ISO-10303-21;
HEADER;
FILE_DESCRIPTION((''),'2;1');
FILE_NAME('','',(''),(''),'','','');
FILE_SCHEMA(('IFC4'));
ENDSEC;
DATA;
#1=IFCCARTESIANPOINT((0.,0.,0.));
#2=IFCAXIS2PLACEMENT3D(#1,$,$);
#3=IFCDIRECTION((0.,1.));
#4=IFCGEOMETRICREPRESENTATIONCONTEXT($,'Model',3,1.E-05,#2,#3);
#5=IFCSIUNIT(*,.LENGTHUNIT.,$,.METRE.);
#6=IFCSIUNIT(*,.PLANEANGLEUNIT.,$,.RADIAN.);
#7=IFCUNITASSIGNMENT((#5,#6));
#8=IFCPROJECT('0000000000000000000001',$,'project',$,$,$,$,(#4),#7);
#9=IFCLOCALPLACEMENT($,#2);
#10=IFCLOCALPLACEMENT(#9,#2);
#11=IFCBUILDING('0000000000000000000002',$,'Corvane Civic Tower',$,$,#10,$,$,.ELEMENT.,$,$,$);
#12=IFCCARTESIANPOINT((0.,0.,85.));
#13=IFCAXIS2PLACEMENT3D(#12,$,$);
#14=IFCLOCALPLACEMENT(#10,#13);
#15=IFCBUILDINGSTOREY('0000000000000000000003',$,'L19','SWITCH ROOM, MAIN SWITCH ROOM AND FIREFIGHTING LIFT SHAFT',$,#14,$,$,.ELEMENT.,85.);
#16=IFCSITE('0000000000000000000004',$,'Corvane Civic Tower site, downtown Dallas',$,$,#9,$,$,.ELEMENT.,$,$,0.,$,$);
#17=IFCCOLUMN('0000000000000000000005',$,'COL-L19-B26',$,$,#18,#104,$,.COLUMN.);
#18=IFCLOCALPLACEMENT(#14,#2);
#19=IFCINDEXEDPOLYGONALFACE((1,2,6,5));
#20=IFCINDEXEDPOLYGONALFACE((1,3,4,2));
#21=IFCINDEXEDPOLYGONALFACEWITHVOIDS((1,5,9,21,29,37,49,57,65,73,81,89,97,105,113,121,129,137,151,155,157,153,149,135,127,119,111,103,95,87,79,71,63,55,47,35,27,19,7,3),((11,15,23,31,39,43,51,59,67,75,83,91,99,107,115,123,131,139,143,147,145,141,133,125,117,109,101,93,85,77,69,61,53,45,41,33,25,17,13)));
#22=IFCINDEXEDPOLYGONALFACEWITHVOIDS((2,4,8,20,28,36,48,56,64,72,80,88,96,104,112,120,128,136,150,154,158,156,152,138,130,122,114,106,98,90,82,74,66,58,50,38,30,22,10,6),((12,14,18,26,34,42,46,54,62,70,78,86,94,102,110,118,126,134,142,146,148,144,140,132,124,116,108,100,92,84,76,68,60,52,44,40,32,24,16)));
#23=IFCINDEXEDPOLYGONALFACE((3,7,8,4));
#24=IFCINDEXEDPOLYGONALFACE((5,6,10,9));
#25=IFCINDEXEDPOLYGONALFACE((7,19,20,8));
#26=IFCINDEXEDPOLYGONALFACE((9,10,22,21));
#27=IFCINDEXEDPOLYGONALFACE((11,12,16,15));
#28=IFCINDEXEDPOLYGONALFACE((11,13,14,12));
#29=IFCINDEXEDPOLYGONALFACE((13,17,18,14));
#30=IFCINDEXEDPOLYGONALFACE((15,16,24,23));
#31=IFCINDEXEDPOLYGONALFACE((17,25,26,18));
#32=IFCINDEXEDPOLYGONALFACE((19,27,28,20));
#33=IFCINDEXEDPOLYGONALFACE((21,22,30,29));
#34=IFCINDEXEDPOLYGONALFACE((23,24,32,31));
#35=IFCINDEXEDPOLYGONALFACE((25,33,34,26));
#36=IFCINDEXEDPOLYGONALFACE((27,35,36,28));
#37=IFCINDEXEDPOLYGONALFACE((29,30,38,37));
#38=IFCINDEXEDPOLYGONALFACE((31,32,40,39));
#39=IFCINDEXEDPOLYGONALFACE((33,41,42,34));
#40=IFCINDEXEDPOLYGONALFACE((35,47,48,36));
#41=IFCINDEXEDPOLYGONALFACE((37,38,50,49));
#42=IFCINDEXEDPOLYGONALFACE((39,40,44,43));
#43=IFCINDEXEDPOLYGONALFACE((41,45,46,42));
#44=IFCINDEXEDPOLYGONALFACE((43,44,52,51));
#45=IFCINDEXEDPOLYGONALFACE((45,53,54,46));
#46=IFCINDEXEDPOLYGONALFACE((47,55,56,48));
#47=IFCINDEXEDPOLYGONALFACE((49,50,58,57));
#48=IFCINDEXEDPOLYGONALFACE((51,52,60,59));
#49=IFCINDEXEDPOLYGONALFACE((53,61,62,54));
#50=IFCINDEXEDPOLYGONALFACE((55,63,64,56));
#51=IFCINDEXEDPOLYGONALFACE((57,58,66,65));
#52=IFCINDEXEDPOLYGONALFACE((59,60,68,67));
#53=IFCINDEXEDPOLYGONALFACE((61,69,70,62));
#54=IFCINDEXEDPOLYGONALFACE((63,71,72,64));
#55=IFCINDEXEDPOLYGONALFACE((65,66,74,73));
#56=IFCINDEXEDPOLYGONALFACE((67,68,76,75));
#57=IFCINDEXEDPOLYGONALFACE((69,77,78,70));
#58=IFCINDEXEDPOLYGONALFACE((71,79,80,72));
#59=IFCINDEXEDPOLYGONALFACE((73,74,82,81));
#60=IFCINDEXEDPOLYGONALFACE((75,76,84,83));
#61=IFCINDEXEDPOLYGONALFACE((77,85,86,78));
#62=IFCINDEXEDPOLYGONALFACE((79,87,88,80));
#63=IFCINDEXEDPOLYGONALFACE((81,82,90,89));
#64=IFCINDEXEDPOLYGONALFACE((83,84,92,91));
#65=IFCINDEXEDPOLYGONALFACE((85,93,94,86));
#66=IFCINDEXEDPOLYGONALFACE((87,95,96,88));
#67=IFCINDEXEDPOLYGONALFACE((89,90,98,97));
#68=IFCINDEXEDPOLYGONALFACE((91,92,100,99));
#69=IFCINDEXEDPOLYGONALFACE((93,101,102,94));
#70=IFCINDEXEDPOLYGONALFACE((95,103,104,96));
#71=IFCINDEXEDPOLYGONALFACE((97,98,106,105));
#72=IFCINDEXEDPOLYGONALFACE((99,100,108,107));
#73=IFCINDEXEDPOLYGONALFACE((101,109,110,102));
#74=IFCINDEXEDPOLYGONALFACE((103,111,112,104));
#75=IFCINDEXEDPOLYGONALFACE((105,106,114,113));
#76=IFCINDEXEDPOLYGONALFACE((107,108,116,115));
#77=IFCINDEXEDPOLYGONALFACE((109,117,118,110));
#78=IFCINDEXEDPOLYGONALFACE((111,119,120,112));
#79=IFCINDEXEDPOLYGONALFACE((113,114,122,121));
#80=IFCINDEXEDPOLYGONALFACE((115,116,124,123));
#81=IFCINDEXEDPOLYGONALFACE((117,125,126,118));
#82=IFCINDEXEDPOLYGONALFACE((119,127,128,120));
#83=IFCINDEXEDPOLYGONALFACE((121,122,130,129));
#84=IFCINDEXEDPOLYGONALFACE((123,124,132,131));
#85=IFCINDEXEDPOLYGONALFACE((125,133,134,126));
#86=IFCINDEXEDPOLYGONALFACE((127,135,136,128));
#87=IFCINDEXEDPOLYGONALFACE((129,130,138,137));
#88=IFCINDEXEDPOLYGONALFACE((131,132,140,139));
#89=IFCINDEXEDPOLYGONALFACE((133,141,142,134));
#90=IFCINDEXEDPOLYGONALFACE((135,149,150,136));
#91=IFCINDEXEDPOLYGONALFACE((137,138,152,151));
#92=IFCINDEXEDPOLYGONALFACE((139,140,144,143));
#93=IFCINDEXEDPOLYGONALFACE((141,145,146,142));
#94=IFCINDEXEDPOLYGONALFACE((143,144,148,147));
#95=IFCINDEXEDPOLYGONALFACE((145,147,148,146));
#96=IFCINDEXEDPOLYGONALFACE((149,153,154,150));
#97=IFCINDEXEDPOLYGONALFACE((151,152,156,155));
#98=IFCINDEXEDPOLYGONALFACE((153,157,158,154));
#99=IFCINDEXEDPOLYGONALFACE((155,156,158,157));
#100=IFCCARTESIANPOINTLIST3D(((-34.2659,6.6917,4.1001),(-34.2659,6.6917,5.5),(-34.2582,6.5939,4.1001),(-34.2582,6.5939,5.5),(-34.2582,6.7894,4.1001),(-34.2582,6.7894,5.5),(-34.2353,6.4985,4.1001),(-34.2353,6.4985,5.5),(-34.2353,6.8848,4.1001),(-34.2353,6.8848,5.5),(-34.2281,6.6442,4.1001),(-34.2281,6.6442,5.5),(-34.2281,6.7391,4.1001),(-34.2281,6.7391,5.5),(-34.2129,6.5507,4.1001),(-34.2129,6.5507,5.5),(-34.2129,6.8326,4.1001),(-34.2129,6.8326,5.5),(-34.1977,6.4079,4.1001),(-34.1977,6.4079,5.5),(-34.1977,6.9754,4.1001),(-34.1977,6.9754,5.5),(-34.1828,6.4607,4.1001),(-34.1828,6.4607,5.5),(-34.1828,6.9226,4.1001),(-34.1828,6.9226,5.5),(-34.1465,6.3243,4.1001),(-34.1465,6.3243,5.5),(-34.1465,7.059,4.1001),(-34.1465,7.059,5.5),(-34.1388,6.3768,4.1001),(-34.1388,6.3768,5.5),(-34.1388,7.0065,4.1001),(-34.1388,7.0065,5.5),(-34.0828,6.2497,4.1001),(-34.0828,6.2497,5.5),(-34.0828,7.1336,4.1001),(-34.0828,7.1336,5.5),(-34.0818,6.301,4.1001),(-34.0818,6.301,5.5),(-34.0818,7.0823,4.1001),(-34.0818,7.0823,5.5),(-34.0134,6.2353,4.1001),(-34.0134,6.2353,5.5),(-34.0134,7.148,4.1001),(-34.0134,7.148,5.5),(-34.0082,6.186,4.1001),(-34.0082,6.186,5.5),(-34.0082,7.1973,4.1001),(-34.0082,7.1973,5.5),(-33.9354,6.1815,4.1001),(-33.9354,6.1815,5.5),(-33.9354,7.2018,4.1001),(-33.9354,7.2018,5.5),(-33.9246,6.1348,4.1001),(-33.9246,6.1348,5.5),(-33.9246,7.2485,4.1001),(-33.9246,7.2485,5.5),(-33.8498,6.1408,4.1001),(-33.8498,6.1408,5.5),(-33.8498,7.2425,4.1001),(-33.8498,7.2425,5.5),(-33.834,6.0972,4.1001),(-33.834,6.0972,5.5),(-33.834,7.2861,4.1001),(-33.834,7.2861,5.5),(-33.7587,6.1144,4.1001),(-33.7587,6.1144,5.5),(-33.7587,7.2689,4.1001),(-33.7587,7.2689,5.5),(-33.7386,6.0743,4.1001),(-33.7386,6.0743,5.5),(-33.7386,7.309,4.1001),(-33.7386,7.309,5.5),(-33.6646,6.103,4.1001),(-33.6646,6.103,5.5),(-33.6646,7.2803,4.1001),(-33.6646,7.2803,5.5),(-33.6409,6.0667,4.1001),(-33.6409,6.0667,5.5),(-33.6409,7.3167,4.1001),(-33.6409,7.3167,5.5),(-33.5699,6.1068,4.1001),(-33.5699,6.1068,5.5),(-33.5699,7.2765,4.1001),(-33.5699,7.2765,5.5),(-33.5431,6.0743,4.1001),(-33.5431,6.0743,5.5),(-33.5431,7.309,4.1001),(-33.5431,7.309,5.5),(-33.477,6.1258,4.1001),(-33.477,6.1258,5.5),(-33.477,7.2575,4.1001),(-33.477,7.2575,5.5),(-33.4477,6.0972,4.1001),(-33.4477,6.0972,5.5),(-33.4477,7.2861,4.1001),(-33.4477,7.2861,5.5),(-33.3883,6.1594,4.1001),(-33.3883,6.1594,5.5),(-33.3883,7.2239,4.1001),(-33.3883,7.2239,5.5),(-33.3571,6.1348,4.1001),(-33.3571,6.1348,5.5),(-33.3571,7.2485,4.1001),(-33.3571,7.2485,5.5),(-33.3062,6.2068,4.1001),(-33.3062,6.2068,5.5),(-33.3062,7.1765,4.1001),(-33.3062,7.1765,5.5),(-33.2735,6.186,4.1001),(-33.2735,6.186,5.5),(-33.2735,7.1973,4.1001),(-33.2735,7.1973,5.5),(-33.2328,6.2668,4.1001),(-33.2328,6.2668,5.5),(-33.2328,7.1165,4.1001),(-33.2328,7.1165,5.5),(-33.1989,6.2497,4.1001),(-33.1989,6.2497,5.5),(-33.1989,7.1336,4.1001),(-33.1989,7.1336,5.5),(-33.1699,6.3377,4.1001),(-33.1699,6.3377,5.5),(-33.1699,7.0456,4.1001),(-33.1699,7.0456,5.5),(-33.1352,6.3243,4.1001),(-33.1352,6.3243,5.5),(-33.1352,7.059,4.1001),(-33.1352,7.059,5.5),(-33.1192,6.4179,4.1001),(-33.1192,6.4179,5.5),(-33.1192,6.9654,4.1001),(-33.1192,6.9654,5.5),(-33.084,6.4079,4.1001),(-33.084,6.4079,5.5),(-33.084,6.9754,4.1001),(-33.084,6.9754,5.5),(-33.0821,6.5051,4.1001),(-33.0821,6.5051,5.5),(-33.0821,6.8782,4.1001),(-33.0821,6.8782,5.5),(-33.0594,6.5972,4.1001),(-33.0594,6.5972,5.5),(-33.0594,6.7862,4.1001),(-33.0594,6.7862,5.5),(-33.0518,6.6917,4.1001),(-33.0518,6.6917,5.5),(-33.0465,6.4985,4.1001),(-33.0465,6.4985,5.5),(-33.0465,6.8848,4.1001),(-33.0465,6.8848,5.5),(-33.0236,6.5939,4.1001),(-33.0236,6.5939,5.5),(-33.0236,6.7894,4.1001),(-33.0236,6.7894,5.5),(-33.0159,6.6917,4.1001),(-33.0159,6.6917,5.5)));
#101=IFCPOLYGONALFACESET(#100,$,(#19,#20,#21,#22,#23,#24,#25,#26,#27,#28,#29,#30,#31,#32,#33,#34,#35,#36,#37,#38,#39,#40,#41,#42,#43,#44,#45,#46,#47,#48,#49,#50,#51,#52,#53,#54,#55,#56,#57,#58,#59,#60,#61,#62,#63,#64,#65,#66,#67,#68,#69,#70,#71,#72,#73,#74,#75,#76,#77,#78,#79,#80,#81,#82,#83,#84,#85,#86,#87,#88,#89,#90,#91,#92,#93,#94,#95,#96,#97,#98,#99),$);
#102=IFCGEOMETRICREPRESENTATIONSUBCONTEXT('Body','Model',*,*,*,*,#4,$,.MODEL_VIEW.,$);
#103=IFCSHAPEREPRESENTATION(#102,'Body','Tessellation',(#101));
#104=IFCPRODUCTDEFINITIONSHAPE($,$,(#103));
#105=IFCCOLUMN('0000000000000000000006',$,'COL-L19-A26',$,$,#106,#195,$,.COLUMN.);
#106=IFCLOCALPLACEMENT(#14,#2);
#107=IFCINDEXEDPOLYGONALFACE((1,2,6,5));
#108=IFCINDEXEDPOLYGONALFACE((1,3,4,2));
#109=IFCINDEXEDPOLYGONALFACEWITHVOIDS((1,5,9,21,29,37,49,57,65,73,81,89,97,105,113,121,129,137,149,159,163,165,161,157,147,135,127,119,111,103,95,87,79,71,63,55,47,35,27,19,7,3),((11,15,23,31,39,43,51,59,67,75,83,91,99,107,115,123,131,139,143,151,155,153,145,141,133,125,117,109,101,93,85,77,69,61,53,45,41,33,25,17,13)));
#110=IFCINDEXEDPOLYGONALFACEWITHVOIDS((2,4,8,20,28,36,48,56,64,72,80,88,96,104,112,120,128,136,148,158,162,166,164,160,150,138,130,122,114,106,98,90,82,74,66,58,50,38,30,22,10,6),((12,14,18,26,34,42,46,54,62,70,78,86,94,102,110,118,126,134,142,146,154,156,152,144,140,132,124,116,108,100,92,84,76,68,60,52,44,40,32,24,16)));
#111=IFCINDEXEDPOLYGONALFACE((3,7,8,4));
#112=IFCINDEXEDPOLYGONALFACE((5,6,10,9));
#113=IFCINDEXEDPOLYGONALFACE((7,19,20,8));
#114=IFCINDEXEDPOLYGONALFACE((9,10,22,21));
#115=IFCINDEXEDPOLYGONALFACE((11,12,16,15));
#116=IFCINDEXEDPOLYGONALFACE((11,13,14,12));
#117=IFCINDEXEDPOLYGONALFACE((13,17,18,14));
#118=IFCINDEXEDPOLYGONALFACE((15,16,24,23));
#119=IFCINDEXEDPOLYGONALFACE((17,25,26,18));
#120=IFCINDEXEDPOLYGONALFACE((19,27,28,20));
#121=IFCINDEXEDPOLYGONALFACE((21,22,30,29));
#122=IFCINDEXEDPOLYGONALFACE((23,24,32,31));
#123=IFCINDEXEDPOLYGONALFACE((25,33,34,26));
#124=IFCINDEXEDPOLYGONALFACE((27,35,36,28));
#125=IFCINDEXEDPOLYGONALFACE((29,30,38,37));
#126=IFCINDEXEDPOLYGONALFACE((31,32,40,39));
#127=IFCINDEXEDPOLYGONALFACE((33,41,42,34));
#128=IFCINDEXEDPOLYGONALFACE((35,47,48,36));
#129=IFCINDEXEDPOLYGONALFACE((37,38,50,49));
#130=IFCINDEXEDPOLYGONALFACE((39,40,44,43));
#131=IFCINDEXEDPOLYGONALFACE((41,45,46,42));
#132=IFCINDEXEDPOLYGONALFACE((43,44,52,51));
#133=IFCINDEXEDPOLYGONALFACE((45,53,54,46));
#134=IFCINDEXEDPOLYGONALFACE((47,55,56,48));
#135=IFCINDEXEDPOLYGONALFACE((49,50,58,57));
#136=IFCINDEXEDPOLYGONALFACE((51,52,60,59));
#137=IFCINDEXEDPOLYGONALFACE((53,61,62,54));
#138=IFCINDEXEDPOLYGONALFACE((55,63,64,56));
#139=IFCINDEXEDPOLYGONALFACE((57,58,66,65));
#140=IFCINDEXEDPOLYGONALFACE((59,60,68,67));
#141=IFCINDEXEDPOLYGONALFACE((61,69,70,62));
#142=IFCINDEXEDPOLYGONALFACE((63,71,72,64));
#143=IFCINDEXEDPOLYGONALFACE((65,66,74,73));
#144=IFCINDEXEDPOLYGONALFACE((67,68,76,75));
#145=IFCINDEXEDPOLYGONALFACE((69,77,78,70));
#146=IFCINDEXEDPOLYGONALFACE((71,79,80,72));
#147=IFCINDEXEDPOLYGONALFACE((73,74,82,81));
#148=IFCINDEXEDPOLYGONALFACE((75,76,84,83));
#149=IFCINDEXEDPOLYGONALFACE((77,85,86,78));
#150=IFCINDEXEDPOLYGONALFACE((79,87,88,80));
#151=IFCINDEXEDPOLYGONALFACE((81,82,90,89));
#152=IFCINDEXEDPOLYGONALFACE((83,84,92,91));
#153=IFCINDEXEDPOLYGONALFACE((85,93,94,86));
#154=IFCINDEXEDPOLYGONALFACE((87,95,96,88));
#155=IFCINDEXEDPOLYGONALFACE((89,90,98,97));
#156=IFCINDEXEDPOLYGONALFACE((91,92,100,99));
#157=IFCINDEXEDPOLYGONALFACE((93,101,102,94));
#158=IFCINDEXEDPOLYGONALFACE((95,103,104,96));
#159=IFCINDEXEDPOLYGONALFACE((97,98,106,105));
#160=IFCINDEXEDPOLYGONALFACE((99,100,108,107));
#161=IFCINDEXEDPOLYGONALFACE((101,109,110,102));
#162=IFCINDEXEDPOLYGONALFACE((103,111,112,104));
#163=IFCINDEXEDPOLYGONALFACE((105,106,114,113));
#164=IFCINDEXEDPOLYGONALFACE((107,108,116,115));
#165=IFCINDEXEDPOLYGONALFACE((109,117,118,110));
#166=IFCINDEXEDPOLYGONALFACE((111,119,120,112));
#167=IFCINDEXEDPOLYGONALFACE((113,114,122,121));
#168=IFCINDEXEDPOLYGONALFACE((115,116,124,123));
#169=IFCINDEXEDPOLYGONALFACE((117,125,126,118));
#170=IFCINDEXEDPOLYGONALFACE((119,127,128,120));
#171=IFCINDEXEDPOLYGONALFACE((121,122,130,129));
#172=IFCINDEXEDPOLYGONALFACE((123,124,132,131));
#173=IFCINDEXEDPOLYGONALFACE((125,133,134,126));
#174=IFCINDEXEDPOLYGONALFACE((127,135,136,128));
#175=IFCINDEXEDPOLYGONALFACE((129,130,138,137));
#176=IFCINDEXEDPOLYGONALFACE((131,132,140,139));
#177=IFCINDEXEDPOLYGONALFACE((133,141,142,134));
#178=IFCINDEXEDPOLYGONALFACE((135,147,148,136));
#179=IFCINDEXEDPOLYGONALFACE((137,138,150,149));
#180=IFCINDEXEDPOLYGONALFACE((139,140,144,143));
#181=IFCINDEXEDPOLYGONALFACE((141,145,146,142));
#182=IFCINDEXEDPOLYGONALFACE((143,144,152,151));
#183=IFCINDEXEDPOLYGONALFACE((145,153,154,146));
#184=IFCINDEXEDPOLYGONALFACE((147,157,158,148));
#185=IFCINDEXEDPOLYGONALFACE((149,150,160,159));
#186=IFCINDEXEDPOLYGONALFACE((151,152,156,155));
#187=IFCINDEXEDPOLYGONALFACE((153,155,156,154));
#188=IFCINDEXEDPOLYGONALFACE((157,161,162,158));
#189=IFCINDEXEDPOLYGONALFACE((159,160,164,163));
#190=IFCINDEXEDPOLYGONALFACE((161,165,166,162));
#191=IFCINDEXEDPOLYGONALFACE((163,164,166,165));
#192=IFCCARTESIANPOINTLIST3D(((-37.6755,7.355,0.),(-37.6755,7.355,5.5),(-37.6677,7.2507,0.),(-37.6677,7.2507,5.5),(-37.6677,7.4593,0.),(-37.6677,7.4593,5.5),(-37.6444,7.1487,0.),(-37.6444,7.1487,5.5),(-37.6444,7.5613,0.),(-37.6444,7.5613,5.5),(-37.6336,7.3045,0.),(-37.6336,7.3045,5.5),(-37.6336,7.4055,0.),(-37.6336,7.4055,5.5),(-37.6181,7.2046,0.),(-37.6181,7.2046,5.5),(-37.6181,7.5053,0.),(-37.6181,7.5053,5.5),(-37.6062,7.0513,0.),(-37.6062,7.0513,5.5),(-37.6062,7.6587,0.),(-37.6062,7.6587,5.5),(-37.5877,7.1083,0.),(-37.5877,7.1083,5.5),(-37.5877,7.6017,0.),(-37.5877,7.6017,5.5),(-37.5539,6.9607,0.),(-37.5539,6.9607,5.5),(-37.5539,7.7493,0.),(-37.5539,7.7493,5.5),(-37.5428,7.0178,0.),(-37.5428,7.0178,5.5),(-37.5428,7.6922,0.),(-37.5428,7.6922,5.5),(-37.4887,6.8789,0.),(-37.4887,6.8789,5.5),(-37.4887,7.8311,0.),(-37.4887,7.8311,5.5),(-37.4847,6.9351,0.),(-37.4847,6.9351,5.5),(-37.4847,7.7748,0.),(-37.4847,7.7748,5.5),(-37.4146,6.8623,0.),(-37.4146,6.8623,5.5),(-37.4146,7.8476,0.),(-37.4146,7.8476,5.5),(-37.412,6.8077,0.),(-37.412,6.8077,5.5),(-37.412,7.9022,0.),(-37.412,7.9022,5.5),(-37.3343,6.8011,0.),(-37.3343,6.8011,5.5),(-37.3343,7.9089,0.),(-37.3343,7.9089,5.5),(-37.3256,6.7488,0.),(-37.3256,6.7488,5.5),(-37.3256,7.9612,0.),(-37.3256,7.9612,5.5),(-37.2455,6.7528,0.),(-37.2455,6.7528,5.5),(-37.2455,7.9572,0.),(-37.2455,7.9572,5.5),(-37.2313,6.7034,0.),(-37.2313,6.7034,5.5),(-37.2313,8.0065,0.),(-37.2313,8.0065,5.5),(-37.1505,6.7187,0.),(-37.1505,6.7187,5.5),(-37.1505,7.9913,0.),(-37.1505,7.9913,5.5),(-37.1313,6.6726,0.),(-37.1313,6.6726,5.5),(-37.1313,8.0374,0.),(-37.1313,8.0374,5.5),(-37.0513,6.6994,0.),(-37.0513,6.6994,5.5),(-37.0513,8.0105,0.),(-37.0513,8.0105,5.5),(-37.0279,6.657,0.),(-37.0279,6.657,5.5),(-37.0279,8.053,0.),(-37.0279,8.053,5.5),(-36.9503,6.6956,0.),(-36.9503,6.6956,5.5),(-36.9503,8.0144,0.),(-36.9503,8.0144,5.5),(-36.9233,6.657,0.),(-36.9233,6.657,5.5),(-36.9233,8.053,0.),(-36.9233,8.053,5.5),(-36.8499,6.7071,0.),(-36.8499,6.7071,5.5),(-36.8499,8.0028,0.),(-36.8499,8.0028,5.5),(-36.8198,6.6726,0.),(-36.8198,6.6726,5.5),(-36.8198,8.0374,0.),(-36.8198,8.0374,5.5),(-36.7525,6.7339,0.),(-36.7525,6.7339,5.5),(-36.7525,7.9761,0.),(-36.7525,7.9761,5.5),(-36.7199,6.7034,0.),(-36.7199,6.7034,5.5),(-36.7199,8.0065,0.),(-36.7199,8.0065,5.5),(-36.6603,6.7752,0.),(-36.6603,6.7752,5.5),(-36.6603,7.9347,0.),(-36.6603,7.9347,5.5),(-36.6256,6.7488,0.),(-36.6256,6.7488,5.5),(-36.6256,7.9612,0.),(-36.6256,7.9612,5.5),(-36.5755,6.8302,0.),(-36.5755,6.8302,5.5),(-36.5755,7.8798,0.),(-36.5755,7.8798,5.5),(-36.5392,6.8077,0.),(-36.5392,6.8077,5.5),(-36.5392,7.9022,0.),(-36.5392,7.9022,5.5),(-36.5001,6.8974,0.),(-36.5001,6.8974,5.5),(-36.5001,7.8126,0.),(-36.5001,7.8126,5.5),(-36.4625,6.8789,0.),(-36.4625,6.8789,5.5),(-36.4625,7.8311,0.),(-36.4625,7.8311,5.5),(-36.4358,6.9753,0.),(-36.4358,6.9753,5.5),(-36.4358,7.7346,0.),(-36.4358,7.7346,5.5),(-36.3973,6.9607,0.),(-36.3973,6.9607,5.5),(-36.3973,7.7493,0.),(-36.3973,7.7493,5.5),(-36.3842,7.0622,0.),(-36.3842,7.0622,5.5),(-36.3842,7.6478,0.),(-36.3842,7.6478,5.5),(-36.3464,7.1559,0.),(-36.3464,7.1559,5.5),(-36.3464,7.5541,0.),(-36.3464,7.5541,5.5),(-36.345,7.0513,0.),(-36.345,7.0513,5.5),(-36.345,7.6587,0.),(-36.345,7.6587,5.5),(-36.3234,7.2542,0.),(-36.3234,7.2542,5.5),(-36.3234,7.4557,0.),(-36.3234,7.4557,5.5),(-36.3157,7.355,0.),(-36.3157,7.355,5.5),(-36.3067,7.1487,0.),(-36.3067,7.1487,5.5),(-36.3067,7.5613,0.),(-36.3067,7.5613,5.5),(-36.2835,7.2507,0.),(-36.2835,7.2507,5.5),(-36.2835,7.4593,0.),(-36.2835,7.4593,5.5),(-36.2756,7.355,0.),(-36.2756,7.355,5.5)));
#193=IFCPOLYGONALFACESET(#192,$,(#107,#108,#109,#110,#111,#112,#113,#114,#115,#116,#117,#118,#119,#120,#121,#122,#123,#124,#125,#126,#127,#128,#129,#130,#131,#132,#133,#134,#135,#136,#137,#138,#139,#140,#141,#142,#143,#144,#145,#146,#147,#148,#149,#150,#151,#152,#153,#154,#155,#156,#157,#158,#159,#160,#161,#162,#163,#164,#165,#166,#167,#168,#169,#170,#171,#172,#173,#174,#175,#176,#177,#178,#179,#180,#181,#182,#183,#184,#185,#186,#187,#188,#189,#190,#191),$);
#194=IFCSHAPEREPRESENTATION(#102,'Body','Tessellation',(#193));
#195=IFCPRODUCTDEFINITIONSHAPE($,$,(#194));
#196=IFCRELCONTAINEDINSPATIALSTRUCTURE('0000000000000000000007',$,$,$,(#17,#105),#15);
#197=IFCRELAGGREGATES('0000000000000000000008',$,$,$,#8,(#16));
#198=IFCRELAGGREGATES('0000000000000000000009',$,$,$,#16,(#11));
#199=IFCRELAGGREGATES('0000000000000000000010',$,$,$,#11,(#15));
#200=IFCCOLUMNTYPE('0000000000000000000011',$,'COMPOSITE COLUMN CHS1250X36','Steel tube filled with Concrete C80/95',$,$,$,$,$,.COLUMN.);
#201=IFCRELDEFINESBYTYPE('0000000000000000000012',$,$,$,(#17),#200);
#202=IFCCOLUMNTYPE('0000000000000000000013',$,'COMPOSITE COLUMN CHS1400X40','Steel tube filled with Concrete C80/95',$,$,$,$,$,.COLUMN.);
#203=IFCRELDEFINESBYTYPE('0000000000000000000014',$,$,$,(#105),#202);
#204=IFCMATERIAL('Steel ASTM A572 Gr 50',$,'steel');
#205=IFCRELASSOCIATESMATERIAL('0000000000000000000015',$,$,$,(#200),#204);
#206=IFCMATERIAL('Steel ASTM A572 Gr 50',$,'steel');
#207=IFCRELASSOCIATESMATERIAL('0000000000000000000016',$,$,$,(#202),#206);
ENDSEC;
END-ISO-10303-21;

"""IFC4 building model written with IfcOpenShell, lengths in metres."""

from ifc_helpers import new_model, si_unit, direction, frame, origin, origin_2d, place, context, subcontext, project, spatial, hollow_circle, extrude, material, material_profile, profile_set, type_object, element, save


model = new_model("IFC4")

# Units and contexts
model_context = context("Model", 3, precision=1e-05, world=origin(), true_north=direction((0.0, 1.0)))
body_context = subcontext(model_context, "Body", "Model", "MODEL_VIEW")
ifc_project = project(units=[si_unit("LENGTHUNIT", "METRE"), si_unit("PLANEANGLEUNIT", "RADIAN")], contexts=[model_context])

# Site, building, storey
site_placement = place(None, origin())
site = spatial("IfcSite", under=ifc_project, at=site_placement, Name="Corvane Civic Tower site, downtown Dallas", CompositionType="ELEMENT", RefElevation=0.0)
building_placement = place(site_placement, origin())
building = spatial("IfcBuilding", under=site, at=building_placement, Name="Corvane Civic Tower", CompositionType="ELEMENT")
storey_placement = place(building_placement, frame((0.0, 0.0, 85.0)))
storey = spatial("IfcBuildingStorey", under=building, at=storey_placement, Name="L19", Description="SWITCH ROOM, MAIN SWITCH ROOM AND FIREFIGHTING LIFT SHAFT", CompositionType="ELEMENT", Elevation=85.0)

# Columns
ifc_material_1 = material(Name="Steel ASTM A572 Gr 50", Category="steel")
ifc_material_profile_1 = material_profile(ifc_material_1, hollow_circle(Radius=0.625, WallThickness=0.0359, at=origin_2d()), Name="CHS1250X36")
ifc_profile_set_1 = profile_set([ifc_material_profile_1], Name="Steel ASTM A572 Gr 50")
column_type_1 = type_object("IfcColumnType", Name="COMPOSITE COLUMN CHS1250X36", Description="Steel tube filled with Concrete C80/95", PredefinedType="COLUMN", material=ifc_profile_set_1)
column_1_placement = place(storey_placement, frame((-33.6409, 6.6917, 4.1001), z_axis=(0.0, 0.0, 1.0), x_axis=(1.0, 0.0, 0.0)))
element("IfcColumn", 1, at=column_1_placement, inside=storey, type_object=column_type_1, Name="COL-L19-B26", PredefinedType="COLUMN", context=body_context, shape_type="SweptSolid", body=[
    extrude(hollow_circle(Radius=0.625, WallThickness=0.0359, at=origin_2d()), origin(), (0.0, 0.0, 1.0), 1.3999),
])
ifc_material_2 = material(Name="Steel ASTM A572 Gr 50", Category="steel")
ifc_material_profile_2 = material_profile(ifc_material_2, hollow_circle(Radius=0.7, WallThickness=0.04, at=origin_2d()), Name="CHS1400X40")
ifc_profile_set_2 = profile_set([ifc_material_profile_2], Name="Steel ASTM A572 Gr 50")
column_type_2 = type_object("IfcColumnType", Name="COMPOSITE COLUMN CHS1400X40", Description="Steel tube filled with Concrete C80/95", PredefinedType="COLUMN", material=ifc_profile_set_2)
column_2_placement = place(storey_placement, frame((-36.9756, 7.355, 0.0), z_axis=(0.0, 0.0, 1.0), x_axis=(1.0, 0.0, 0.0)))
element("IfcColumn", 2, at=column_2_placement, inside=storey, type_object=column_type_2, Name="COL-L19-A26", PredefinedType="COLUMN", context=body_context, shape_type="SweptSolid", body=[
    extrude(hollow_circle(Radius=0.7, WallThickness=0.04, at=origin_2d()), origin(), (0.0, 0.0, 1.0), 5.5),
])

save(model, "model.ifc")
